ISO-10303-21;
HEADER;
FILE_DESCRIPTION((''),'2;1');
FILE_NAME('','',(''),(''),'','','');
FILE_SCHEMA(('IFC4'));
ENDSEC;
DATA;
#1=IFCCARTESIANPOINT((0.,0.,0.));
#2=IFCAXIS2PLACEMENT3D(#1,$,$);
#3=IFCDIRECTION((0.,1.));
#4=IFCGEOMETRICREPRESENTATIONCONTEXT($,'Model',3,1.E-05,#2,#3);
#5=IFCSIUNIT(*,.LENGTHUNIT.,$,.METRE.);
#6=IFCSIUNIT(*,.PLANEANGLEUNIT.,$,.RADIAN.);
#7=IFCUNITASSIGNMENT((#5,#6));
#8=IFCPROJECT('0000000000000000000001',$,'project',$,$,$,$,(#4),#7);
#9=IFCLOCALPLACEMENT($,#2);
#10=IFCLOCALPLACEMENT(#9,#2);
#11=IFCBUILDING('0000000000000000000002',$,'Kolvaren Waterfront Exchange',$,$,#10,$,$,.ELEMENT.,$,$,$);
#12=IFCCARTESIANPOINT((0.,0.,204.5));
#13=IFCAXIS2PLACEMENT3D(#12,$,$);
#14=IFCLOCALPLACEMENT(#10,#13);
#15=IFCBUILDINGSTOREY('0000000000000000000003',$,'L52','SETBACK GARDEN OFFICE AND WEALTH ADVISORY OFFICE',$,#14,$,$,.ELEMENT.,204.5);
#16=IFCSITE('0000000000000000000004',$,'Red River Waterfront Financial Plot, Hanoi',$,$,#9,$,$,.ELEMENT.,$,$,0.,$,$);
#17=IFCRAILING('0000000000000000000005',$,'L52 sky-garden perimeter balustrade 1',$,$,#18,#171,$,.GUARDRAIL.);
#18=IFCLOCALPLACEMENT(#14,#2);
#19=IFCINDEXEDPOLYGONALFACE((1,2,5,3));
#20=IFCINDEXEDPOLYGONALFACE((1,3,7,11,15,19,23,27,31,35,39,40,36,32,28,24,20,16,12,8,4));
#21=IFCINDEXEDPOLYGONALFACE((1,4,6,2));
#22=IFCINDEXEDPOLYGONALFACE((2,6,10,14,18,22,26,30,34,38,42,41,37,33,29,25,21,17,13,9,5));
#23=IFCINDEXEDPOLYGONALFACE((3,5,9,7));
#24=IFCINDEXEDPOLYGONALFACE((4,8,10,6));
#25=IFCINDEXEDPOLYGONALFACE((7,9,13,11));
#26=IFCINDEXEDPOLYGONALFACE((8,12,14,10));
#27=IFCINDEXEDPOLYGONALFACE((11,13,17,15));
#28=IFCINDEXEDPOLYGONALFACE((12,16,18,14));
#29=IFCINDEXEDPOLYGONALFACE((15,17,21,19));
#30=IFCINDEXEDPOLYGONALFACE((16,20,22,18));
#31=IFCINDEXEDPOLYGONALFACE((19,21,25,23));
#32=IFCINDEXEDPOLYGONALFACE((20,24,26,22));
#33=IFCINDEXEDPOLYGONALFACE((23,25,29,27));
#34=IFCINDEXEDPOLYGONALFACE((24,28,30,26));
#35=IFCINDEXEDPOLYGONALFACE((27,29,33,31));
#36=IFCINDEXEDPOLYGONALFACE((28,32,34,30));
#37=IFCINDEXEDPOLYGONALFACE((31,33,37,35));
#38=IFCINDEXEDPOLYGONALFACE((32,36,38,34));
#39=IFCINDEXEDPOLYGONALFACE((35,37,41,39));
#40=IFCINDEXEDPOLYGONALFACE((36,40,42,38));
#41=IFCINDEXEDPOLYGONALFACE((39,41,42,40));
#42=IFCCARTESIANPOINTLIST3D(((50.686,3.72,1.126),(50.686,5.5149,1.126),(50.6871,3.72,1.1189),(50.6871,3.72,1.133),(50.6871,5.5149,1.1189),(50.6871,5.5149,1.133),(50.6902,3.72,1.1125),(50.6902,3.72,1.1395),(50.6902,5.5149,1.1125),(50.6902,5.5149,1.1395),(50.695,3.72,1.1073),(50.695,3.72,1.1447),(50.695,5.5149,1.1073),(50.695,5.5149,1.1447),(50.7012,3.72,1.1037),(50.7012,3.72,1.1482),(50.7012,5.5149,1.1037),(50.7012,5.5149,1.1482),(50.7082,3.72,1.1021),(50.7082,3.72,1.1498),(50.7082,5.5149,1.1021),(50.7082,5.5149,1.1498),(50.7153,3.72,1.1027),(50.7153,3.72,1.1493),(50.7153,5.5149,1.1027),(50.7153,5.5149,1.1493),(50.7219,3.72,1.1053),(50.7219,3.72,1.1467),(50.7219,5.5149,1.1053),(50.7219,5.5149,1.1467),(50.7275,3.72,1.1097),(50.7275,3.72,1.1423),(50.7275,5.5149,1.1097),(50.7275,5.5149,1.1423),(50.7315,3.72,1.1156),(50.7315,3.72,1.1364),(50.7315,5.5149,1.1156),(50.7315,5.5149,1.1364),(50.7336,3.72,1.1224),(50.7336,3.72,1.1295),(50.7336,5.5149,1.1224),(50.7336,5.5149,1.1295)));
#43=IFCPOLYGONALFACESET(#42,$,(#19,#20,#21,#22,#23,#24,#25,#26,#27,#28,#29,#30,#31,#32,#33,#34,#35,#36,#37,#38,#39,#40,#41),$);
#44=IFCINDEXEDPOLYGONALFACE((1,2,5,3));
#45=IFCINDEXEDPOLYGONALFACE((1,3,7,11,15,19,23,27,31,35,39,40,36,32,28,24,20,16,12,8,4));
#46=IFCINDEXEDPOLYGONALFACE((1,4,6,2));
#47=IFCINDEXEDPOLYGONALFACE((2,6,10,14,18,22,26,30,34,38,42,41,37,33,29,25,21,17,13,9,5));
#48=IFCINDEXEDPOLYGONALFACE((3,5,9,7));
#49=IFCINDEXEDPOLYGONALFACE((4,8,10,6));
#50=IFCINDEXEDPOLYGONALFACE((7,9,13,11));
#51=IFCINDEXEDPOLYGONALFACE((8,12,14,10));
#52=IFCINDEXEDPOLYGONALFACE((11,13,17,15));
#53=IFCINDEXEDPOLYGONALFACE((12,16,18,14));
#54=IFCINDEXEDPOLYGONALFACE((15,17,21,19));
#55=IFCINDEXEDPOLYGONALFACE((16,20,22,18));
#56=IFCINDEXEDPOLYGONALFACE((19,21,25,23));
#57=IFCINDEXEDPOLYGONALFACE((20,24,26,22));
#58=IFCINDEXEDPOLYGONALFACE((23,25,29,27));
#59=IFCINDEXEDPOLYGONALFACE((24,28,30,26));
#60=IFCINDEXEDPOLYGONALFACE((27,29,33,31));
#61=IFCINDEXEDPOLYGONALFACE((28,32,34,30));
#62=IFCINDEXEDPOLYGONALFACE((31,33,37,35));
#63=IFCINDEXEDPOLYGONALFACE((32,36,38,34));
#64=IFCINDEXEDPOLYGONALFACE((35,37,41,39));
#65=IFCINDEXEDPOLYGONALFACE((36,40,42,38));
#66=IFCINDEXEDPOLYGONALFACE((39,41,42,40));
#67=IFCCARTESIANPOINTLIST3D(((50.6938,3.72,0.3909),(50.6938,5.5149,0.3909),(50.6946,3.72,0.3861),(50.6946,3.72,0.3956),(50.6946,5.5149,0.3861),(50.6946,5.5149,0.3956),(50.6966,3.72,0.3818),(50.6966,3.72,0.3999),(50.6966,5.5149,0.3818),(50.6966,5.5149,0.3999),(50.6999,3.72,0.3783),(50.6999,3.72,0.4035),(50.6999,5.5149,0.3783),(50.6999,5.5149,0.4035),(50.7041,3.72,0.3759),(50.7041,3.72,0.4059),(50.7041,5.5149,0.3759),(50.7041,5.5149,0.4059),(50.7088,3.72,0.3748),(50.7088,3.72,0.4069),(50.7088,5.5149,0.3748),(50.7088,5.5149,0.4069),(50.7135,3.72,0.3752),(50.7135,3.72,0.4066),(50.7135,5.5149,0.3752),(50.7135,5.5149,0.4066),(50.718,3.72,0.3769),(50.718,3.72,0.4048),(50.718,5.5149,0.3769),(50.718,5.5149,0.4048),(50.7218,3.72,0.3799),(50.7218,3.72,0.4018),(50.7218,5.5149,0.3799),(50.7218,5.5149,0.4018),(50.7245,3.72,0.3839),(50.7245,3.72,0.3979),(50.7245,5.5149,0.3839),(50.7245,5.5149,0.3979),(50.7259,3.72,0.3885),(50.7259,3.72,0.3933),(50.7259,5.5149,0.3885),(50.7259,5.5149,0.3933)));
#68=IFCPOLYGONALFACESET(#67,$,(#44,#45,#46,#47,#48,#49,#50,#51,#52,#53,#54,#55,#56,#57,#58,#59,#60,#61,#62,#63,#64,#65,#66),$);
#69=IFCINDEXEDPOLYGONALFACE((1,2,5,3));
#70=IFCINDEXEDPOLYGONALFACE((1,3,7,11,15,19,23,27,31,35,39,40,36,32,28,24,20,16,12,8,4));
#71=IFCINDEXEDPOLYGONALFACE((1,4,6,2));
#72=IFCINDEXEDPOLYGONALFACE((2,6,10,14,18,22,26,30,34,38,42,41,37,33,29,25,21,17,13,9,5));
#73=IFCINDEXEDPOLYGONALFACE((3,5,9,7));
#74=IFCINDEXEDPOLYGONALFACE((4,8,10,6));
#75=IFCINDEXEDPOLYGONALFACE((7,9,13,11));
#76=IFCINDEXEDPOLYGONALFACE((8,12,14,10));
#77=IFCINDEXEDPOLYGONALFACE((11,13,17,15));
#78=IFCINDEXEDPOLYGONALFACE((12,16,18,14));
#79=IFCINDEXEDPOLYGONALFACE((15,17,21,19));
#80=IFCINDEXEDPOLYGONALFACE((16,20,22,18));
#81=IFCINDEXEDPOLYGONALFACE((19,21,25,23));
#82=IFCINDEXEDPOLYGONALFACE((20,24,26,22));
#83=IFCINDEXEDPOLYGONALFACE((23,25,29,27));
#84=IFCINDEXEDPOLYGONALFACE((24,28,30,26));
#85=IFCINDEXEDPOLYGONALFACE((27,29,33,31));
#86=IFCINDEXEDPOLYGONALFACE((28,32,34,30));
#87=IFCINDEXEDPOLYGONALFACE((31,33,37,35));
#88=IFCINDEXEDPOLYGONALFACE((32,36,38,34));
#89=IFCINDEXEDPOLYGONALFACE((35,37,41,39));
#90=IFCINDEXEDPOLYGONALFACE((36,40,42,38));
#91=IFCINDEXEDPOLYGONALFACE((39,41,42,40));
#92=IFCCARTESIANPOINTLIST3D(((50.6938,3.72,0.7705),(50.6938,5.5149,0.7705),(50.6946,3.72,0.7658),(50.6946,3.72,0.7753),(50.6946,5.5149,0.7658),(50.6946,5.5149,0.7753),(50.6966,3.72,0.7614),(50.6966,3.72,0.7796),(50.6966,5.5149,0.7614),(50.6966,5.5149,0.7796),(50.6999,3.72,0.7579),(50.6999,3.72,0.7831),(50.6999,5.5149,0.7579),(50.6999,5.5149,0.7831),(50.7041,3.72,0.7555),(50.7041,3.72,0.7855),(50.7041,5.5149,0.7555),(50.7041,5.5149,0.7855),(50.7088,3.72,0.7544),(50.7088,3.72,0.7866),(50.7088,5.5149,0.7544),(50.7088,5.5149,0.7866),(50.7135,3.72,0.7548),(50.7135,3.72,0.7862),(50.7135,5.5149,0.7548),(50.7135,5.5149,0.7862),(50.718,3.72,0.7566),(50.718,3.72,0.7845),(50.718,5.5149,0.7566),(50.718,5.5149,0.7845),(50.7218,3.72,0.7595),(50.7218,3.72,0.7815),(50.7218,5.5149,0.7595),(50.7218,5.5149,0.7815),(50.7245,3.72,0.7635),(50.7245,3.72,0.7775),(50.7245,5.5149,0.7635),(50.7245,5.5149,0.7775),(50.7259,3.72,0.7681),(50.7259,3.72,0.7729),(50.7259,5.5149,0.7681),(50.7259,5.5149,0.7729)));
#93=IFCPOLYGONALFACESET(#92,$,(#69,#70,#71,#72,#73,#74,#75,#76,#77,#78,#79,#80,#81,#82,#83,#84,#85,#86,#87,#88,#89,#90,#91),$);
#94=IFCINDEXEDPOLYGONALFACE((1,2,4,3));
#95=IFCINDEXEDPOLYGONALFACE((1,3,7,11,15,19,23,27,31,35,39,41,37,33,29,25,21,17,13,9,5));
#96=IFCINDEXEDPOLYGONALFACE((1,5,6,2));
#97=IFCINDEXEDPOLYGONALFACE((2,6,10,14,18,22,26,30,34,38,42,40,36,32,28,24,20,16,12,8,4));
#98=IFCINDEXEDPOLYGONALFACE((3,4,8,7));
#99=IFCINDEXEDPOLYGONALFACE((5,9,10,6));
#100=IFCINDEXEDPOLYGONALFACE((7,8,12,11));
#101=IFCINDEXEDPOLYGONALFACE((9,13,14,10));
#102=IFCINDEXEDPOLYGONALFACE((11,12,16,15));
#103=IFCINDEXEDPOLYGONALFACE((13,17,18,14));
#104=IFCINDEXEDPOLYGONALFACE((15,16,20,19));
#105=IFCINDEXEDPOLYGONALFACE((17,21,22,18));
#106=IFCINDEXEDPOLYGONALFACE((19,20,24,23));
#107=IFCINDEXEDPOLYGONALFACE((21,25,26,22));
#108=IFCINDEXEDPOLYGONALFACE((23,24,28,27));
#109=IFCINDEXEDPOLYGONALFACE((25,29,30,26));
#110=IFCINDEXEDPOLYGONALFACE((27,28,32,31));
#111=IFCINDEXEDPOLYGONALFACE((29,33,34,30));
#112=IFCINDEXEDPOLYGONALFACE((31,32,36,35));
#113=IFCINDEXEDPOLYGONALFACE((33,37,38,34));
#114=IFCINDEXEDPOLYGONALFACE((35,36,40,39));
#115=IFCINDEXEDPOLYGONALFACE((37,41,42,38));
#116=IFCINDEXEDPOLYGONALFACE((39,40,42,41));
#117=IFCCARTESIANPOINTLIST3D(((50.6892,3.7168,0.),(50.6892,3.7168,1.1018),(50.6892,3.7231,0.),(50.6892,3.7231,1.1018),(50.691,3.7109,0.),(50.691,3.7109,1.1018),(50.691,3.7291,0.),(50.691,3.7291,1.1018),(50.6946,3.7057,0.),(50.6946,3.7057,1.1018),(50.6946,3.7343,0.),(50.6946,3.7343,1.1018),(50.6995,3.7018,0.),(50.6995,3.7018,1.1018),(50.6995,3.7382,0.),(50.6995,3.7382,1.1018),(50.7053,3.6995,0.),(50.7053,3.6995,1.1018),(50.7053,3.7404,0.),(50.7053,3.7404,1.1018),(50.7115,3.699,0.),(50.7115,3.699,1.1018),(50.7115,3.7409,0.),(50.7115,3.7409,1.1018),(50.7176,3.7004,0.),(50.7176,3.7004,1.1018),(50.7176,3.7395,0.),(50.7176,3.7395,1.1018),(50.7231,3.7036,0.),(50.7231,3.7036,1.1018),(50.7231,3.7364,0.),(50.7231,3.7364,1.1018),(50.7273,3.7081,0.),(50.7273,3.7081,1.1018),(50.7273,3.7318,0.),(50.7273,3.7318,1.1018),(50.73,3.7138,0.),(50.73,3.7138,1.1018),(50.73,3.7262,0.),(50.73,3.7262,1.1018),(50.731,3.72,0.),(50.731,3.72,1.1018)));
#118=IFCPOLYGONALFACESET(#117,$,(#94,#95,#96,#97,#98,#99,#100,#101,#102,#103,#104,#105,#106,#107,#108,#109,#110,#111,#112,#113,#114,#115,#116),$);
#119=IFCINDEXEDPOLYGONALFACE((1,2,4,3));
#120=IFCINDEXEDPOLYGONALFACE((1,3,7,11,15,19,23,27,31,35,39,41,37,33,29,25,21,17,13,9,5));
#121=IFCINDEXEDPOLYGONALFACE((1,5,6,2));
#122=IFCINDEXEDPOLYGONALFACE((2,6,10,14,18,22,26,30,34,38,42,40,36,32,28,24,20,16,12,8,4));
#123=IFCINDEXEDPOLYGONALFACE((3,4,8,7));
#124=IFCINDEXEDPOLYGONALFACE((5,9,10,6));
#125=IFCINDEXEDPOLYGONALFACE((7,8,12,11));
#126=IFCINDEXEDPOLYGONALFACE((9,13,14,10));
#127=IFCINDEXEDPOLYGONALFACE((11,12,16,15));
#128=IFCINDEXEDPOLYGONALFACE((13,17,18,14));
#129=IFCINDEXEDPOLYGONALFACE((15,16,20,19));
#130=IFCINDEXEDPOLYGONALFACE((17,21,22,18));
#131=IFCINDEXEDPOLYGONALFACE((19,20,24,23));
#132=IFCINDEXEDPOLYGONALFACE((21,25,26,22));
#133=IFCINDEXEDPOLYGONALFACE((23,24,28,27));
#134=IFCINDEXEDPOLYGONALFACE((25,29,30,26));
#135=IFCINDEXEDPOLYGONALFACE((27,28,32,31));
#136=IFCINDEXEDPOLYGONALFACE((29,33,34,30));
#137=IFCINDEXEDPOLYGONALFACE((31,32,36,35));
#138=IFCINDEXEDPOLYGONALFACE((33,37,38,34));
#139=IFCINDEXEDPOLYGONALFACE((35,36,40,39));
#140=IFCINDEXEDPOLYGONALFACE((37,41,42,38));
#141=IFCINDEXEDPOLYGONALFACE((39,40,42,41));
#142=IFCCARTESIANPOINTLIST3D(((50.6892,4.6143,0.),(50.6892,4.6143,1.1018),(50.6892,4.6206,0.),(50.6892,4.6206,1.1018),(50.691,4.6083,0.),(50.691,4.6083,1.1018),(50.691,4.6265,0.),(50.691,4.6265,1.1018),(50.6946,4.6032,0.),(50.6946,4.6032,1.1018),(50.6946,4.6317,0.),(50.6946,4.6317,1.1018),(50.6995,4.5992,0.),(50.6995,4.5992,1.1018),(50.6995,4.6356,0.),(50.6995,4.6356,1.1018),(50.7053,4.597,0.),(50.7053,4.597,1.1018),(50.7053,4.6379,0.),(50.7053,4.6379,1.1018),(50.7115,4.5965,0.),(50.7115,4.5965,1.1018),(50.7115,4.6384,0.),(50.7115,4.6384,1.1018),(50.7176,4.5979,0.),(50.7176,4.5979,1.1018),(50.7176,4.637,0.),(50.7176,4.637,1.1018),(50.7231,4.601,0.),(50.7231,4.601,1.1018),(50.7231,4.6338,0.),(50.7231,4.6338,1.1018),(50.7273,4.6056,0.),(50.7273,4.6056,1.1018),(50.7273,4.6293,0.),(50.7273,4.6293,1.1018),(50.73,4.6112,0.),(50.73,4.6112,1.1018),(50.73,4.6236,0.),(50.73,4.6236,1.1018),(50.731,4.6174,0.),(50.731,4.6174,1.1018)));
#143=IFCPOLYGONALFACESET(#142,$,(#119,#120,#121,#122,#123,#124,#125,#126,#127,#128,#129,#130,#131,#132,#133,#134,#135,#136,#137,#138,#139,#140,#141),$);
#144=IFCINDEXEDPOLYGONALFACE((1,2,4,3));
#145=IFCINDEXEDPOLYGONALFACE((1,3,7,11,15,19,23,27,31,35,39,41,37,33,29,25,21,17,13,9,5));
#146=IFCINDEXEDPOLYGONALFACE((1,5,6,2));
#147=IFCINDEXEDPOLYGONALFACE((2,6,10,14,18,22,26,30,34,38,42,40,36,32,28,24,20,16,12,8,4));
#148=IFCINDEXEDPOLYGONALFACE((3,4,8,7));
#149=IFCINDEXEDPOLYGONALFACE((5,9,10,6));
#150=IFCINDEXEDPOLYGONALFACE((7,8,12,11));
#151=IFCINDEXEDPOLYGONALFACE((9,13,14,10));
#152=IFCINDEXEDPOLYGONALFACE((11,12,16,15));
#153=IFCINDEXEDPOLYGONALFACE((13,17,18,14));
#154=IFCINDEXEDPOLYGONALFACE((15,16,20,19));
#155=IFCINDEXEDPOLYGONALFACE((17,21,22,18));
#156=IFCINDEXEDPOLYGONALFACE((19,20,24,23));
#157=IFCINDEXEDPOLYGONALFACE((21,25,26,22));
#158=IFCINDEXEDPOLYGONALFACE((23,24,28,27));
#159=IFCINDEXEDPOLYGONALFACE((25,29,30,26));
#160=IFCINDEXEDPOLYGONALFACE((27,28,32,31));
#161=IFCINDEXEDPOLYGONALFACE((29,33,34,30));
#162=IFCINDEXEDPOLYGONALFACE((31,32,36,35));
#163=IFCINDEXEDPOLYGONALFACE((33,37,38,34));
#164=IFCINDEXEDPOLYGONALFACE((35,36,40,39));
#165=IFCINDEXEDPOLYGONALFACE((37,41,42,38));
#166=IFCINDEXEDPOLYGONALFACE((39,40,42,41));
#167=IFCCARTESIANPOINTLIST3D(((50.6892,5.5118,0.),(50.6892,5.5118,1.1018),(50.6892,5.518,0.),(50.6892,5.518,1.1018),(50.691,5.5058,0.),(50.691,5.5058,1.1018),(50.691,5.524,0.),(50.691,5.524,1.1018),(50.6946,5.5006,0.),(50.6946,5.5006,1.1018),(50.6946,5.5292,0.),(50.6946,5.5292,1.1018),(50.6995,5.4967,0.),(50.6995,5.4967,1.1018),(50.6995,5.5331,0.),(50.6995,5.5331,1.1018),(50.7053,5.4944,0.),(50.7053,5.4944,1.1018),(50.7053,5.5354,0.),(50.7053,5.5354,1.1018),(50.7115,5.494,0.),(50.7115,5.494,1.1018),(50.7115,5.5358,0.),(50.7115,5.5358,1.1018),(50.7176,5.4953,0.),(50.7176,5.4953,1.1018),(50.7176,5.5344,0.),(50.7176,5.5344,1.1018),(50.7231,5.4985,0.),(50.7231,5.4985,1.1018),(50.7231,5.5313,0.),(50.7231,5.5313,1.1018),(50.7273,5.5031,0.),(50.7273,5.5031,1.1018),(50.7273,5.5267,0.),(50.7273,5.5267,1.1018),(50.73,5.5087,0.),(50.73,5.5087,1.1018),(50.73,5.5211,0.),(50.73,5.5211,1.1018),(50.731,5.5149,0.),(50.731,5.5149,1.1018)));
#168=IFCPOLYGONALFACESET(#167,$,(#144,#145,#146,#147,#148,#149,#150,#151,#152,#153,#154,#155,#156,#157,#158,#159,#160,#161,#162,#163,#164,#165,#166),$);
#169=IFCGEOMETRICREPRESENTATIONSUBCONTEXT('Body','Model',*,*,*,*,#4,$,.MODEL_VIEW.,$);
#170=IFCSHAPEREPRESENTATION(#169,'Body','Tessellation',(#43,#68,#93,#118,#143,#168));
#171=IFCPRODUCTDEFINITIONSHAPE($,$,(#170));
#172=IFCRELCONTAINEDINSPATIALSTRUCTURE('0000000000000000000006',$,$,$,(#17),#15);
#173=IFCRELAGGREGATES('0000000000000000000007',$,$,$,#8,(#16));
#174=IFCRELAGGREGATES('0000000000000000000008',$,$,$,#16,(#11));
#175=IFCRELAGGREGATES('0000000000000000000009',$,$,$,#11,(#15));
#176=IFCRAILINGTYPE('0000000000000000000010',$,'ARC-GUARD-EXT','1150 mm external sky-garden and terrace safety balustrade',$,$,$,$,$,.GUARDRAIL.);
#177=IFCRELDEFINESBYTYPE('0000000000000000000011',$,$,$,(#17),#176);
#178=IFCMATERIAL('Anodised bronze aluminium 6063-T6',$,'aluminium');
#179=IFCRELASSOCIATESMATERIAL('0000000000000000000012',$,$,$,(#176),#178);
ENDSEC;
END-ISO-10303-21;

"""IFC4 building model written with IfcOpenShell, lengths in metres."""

from ifc_helpers import new_model, si_unit, direction, frame, origin, origin_2d, place, context, subcontext, project, spatial, circle, extrude, material, type_object, element, save


model = new_model("IFC4")

# Units and contexts
model_context = context("Model", 3, precision=1e-05, world=origin(), true_north=direction((0.0, 1.0)))
body_context = subcontext(model_context, "Body", "Model", "MODEL_VIEW")
ifc_project = project(units=[si_unit("LENGTHUNIT", "METRE"), si_unit("PLANEANGLEUNIT", "RADIAN")], contexts=[model_context])

# Site, building, storey
site_placement = place(None, origin())
site = spatial("IfcSite", under=ifc_project, at=site_placement, Name="Red River Waterfront Financial Plot, Hanoi", CompositionType="ELEMENT", RefElevation=0.0)
building_placement = place(site_placement, origin())
building = spatial("IfcBuilding", under=site, at=building_placement, Name="Kolvaren Waterfront Exchange", CompositionType="ELEMENT")
storey_placement = place(building_placement, frame((0.0, 0.0, 204.5)))
storey = spatial("IfcBuildingStorey", under=building, at=storey_placement, Name="L52", Description="SETBACK GARDEN OFFICE AND WEALTH ADVISORY OFFICE", CompositionType="ELEMENT", Elevation=204.5)

# Shared definitions
ifc_material_1 = material(Name="Anodised bronze aluminium 6063-T6", Category="aluminium")

# Railing
railing_type = type_object("IfcRailingType", Name="ARC-GUARD-EXT", Description="1150 mm external sky-garden and terrace safety balustrade", PredefinedType="GUARDRAIL", material=ifc_material_1)
railing_1_placement = place(storey_placement, frame((50.71, 3.72, 0.0)))
element("IfcRailing", 1, at=railing_1_placement, inside=storey, type_object=railing_type, Name="L52 sky-garden perimeter balustrade 1", PredefinedType="GUARDRAIL", context=body_context, shape_type="SweptSolid", body=[
    extrude(circle(Radius=0.0239, at=origin_2d()), frame((0.0, 0.0, 1.126), z_axis=(0.0, 1.0, 0.0), x_axis=(-1.0, 0.0, 0.0)), (0.0, 0.0, 1.0), 1.7949),
    extrude(circle(Radius=0.0161, at=origin_2d()), frame((0.0, 0.0, 0.3909), z_axis=(0.0, 1.0, 0.0), x_axis=(-1.0, 0.0, 0.0)), (0.0, 0.0, 1.0), 1.7949),
    extrude(circle(Radius=0.0161, at=origin_2d()), frame((0.0, 0.0, 0.7705), z_axis=(0.0, 1.0, 0.0), x_axis=(-1.0, 0.0, 0.0)), (0.0, 0.0, 1.0), 1.7949),
    extrude(circle(Radius=0.021, at=origin_2d()), origin(), (0.0, 0.0, 1.0), 1.1018),
    extrude(circle(Radius=0.021, at=origin_2d()), frame((0.0, 0.8975, 0.0)), (0.0, 0.0, 1.0), 1.1018),
    extrude(circle(Radius=0.021, at=origin_2d()), frame((0.0, 1.7949, 0.0)), (0.0, 0.0, 1.0), 1.1018),
])

save(model, "model.ifc")
